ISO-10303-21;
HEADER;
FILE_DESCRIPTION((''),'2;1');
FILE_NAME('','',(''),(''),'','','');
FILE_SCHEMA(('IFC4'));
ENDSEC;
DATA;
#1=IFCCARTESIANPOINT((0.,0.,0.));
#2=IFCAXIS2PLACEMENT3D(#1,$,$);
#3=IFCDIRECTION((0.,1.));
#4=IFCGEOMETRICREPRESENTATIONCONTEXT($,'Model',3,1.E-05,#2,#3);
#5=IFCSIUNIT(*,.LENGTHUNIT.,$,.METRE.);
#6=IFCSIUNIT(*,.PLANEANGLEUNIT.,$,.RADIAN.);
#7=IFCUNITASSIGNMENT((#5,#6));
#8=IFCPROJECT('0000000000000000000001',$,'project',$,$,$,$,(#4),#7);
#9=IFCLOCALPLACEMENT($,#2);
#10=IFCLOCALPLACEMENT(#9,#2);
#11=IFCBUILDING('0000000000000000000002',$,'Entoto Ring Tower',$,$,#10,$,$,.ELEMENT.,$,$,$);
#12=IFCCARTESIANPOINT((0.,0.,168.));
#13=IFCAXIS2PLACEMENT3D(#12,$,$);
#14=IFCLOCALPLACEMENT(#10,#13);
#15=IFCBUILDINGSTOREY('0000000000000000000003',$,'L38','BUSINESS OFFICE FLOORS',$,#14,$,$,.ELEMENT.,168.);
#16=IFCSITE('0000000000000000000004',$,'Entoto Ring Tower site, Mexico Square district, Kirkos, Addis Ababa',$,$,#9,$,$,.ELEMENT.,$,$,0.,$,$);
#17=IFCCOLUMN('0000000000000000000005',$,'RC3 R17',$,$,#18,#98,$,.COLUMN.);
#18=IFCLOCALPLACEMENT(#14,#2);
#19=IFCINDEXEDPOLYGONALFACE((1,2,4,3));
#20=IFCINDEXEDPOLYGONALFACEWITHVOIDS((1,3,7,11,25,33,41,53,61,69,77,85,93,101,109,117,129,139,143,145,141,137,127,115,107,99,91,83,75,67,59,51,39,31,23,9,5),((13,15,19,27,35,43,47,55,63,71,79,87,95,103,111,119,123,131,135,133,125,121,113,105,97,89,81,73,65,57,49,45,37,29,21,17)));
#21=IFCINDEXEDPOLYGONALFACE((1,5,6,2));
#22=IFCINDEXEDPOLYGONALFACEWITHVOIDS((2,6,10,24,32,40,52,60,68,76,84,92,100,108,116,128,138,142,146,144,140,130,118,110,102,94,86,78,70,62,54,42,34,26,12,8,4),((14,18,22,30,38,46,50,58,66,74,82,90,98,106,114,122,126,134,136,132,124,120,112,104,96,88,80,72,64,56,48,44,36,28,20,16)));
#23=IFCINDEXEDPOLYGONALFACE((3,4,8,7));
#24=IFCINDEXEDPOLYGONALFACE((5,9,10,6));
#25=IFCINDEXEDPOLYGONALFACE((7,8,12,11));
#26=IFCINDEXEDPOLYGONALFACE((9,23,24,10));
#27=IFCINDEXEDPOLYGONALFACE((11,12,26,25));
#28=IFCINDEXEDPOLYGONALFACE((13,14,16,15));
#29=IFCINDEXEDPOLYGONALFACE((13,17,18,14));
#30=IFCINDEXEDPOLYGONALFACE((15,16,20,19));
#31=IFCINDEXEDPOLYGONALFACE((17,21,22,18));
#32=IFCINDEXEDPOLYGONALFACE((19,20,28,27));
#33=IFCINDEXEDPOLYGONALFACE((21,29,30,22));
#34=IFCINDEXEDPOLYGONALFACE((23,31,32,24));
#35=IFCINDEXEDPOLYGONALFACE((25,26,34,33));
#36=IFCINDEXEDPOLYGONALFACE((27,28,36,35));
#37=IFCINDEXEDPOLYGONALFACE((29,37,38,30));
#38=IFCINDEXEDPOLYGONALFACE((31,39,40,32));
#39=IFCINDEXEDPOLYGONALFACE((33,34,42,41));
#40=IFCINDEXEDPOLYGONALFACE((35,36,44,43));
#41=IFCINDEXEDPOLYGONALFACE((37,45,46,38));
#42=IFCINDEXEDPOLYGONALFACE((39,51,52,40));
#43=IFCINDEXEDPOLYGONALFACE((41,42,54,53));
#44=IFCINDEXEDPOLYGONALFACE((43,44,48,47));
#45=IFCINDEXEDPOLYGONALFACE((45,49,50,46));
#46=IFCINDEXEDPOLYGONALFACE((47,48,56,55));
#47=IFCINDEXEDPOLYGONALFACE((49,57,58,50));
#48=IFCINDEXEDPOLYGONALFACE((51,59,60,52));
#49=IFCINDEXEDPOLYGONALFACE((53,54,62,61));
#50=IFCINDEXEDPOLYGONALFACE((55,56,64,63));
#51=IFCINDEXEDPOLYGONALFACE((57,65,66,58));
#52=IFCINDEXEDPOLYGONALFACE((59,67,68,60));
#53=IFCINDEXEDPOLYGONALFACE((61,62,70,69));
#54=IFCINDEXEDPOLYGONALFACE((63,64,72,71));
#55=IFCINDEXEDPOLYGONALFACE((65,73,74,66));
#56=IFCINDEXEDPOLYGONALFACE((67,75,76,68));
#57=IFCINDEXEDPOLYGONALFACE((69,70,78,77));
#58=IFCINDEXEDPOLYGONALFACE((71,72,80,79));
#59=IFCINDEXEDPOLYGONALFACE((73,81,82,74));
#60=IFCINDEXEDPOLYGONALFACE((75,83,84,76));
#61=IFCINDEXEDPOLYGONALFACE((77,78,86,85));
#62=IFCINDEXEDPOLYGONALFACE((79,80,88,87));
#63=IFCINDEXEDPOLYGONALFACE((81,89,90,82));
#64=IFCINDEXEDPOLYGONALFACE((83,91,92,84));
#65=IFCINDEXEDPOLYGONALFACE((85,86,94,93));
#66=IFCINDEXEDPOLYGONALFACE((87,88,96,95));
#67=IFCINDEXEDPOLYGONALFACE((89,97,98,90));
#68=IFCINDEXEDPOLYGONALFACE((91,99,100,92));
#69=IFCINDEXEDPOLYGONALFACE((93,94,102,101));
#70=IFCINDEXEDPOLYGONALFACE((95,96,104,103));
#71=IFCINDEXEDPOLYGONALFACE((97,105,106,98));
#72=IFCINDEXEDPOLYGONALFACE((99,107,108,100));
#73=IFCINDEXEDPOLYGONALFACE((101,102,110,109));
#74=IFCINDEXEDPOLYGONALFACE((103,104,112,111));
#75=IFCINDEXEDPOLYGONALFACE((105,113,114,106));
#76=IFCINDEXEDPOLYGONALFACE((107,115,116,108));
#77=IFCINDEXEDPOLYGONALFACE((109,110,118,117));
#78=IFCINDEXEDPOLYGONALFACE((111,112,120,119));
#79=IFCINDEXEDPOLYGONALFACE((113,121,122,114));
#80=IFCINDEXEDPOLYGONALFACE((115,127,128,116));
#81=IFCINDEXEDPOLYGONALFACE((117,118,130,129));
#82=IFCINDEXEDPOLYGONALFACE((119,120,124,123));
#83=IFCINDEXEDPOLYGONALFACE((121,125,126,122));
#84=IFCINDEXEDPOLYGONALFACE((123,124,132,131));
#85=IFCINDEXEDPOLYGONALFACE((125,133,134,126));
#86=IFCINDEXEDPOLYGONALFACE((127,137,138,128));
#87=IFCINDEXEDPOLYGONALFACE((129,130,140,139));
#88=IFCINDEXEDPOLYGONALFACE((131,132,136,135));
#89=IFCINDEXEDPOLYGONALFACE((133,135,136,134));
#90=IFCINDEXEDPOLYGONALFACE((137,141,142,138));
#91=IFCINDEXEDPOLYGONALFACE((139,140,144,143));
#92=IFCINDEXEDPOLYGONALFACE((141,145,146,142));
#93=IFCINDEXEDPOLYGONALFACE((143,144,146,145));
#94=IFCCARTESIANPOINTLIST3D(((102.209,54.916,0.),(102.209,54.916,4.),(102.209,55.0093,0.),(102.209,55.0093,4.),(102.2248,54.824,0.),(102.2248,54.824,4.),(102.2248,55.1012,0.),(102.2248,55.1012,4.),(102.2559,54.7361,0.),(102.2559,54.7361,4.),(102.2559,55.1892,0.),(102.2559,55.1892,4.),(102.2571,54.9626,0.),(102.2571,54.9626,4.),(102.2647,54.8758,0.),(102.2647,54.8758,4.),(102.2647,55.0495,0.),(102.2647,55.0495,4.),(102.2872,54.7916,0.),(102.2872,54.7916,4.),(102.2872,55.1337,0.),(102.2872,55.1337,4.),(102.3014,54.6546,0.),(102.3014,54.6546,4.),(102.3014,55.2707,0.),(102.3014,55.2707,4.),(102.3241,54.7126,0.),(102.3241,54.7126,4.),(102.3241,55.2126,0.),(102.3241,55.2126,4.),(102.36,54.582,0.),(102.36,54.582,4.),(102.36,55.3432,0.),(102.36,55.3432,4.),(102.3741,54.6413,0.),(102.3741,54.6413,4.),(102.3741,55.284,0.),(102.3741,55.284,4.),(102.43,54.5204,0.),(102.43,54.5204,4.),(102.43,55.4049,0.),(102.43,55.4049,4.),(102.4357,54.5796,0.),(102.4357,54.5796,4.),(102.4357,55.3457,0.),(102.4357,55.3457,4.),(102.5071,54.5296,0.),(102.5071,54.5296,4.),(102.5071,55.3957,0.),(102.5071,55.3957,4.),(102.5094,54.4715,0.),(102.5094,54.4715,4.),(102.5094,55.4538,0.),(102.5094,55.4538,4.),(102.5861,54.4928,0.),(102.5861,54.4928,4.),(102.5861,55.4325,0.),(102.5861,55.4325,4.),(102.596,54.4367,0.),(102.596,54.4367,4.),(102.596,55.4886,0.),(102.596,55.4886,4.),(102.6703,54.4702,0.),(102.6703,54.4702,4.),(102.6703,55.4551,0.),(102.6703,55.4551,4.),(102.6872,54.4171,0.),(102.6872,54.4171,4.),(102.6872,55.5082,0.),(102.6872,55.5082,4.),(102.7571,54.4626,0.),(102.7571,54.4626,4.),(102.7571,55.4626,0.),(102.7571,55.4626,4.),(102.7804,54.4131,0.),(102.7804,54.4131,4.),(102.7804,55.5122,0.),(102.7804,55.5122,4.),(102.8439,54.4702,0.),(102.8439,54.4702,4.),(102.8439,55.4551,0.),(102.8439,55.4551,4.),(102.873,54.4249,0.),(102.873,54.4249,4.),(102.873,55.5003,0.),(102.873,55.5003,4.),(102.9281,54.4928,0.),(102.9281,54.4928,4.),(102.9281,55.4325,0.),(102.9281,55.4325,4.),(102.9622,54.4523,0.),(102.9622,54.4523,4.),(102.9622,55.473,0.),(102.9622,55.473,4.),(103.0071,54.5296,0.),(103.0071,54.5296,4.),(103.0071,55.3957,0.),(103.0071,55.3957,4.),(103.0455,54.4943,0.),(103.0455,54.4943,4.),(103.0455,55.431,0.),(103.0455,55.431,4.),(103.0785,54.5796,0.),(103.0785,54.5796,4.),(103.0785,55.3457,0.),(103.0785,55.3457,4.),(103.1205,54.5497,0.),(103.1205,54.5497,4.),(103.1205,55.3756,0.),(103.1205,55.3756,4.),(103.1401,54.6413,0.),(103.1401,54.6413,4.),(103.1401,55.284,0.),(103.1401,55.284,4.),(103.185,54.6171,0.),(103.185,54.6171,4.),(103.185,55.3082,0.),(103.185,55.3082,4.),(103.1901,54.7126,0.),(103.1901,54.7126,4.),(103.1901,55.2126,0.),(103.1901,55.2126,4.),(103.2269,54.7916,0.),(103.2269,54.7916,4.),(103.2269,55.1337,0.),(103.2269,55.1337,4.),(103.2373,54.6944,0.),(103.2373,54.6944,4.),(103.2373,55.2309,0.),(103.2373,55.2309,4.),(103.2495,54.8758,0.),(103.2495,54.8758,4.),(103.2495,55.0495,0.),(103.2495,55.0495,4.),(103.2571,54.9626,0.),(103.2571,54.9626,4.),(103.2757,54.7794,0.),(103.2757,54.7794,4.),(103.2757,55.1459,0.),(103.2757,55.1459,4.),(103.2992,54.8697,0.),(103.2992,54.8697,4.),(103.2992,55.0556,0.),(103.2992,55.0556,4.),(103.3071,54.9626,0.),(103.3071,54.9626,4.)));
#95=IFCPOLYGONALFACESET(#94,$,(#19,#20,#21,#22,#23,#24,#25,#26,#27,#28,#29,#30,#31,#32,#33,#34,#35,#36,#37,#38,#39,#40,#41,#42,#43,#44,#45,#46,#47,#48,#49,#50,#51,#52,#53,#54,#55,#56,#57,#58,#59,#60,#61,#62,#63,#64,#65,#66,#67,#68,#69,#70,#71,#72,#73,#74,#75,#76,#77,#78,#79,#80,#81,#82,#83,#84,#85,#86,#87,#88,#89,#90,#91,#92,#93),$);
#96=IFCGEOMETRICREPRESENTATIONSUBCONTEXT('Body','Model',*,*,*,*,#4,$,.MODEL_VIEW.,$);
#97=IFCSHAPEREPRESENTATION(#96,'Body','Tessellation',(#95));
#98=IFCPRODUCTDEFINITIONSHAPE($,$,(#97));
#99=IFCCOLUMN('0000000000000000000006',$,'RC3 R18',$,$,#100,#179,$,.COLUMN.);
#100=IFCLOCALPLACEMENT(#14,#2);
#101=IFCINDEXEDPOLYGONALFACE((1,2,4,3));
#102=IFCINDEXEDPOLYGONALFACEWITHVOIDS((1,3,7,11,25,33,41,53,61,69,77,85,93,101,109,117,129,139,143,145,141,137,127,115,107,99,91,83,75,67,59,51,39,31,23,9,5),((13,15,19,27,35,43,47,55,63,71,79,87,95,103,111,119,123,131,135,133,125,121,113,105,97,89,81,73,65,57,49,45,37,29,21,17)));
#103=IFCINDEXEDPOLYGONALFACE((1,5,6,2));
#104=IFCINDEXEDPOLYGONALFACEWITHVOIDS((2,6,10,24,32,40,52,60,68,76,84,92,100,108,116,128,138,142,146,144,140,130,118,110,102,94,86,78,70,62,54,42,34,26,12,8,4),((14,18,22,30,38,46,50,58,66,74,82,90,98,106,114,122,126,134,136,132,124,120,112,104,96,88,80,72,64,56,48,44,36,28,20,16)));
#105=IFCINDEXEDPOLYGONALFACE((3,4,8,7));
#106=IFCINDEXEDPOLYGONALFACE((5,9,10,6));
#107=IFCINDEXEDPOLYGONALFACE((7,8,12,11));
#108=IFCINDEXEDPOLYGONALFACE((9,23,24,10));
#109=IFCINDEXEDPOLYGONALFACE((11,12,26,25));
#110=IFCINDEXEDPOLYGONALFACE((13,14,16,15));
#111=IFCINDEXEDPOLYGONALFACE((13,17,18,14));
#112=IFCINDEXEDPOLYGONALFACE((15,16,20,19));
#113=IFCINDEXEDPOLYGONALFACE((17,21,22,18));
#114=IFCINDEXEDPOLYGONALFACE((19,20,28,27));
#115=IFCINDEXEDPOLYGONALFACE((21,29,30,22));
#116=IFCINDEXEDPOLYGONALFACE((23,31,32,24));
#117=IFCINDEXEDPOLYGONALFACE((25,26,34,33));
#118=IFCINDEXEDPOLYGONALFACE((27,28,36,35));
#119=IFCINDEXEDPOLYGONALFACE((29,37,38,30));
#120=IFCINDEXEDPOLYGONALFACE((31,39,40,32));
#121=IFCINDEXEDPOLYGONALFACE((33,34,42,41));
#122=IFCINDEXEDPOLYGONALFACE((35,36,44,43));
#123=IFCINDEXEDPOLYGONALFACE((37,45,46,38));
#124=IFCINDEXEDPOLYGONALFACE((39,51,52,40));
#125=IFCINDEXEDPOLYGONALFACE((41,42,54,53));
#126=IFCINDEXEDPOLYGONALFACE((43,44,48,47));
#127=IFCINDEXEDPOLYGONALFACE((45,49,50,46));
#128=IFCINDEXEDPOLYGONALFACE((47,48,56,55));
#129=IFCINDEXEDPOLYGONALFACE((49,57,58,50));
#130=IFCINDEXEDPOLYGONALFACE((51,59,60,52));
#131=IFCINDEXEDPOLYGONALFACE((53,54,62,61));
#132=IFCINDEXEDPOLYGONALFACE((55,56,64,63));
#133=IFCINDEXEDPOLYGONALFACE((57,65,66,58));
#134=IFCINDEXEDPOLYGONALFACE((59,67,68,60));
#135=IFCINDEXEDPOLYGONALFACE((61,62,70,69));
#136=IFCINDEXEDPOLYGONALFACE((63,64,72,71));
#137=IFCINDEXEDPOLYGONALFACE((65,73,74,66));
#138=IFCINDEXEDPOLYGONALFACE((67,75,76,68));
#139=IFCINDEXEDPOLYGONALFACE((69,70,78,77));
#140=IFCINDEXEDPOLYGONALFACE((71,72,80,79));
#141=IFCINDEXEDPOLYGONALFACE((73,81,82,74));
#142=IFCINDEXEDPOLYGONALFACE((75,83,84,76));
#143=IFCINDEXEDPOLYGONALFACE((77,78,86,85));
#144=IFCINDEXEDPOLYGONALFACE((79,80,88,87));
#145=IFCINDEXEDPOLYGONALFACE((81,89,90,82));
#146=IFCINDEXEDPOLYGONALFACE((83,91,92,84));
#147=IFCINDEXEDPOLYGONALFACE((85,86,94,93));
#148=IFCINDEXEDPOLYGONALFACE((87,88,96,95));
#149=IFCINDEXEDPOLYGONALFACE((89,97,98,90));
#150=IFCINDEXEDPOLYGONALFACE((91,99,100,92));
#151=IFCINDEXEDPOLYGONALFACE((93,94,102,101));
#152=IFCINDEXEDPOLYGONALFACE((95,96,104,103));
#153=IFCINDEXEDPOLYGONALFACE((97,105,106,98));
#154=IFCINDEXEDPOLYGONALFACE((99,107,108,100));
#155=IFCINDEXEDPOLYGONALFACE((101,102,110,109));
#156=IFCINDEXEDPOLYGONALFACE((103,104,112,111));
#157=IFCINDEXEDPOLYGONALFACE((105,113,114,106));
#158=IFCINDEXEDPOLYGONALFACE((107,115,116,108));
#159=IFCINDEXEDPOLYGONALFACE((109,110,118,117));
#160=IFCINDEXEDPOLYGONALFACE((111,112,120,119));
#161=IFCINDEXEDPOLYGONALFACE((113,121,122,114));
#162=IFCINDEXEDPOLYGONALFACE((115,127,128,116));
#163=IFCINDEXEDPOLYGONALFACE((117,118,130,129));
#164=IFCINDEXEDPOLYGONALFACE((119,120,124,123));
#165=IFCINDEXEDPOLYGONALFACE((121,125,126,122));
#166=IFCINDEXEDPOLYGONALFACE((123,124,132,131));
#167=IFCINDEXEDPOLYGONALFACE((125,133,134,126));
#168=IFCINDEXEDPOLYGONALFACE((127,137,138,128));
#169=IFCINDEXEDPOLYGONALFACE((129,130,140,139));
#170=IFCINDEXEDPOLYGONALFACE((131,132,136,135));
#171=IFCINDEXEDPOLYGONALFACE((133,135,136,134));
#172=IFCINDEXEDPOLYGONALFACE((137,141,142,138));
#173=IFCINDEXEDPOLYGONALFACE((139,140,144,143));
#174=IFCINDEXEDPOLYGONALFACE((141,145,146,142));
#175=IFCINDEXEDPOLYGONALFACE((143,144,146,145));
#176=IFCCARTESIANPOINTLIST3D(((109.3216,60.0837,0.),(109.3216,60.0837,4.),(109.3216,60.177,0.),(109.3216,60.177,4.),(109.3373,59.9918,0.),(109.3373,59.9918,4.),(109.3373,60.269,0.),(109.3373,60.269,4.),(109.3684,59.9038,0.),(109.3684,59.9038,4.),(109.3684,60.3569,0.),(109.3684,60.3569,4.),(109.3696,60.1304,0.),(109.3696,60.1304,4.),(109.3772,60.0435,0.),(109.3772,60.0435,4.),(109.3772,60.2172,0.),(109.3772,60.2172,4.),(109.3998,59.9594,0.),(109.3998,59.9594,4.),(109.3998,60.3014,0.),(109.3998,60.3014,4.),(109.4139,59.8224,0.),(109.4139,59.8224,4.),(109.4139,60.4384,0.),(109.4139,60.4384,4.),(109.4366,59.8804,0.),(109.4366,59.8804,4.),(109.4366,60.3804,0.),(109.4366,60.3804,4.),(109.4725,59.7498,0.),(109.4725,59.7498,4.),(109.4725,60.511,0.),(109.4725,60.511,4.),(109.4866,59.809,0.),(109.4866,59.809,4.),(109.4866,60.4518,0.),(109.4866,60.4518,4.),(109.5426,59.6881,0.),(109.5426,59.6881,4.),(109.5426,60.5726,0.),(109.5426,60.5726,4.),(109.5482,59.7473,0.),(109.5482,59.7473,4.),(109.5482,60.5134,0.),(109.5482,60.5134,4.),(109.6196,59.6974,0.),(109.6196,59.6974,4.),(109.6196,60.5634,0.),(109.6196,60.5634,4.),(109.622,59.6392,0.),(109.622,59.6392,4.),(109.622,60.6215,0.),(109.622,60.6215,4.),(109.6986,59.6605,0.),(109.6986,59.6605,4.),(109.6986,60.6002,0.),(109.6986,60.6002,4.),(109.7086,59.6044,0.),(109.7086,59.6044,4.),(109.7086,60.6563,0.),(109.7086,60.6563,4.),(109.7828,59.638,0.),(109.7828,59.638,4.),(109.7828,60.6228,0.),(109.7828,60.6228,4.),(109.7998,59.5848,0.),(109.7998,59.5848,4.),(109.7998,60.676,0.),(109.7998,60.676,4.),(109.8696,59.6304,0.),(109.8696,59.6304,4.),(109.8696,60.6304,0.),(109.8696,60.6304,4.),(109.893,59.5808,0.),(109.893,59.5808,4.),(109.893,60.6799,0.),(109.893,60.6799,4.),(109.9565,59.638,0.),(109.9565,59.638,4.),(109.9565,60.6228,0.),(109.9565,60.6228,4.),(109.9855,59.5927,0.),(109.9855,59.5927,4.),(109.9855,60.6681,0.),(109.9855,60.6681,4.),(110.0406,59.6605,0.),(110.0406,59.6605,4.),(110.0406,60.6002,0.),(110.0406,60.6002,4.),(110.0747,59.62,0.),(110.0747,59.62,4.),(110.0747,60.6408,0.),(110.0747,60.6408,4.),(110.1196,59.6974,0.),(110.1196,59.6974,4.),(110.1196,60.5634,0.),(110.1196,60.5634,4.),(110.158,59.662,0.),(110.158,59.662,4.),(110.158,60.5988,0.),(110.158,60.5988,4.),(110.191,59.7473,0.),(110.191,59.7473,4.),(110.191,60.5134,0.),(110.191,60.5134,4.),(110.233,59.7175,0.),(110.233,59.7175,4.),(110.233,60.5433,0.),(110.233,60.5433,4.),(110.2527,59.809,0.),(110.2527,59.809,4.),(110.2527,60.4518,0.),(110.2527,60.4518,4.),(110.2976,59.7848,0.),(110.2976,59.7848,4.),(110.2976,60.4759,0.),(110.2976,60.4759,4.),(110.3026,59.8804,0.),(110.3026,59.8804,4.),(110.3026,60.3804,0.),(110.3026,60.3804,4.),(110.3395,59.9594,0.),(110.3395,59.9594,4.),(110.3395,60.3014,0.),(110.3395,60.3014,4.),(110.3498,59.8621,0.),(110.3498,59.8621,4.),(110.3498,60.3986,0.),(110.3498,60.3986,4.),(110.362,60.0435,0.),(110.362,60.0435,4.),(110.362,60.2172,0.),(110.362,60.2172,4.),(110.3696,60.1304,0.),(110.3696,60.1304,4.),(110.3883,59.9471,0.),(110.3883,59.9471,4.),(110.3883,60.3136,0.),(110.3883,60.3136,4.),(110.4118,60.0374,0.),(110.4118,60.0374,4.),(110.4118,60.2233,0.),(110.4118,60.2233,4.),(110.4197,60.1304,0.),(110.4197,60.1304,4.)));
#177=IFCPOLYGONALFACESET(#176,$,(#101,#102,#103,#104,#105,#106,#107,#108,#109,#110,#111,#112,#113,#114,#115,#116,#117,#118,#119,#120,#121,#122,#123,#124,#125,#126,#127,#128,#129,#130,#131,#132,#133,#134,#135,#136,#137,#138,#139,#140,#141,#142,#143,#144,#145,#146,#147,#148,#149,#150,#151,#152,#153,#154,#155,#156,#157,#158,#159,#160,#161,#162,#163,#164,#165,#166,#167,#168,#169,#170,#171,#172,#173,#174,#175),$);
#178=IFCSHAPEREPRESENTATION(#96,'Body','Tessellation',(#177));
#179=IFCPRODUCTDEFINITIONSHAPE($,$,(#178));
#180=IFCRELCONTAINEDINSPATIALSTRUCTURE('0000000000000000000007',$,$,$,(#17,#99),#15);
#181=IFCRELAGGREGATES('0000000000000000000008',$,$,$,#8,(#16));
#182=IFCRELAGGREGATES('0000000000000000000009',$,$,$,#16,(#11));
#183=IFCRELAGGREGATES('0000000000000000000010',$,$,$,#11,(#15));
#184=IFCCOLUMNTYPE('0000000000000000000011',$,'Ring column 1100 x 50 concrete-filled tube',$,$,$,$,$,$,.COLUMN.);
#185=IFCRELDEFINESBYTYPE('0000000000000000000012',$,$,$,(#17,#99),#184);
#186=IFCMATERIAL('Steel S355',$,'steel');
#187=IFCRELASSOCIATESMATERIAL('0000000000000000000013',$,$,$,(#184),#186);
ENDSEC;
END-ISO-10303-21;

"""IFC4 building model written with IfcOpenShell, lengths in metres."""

from ifc_helpers import new_model, si_unit, direction, frame, origin, origin_2d, place, context, subcontext, project, spatial, circle, hollow_circle, extrude, material, material_profile, profile_set, type_object, element, save


model = new_model("IFC4")

# Units and contexts
model_context = context("Model", 3, precision=1e-05, world=origin(), true_north=direction((0.0, 1.0)))
body_context = subcontext(model_context, "Body", "Model", "MODEL_VIEW")
ifc_project = project(units=[si_unit("LENGTHUNIT", "METRE"), si_unit("PLANEANGLEUNIT", "RADIAN")], contexts=[model_context])

# Site, building, storey
site_placement = place(None, origin())
site = spatial("IfcSite", under=ifc_project, at=site_placement, Name="Entoto Ring Tower site, Mexico Square district, Kirkos, Addis Ababa", CompositionType="ELEMENT", RefElevation=0.0)
building_placement = place(site_placement, origin())
building = spatial("IfcBuilding", under=site, at=building_placement, Name="Entoto Ring Tower", CompositionType="ELEMENT")
storey_placement = place(building_placement, frame((0.0, 0.0, 168.0)))
storey = spatial("IfcBuildingStorey", under=building, at=storey_placement, Name="L38", Description="BUSINESS OFFICE FLOORS", CompositionType="ELEMENT", Elevation=168.0)

# Columns
ifc_material_1 = material(Name="Steel S355", Category="steel")
ifc_material_profile_1 = material_profile(ifc_material_1, hollow_circle(Radius=0.55, WallThickness=0.05, at=origin_2d()), Name="CHS 1100 x 50")
ifc_material_2 = material(Name="Concrete C60/75", Category="concrete")
ifc_material_profile_2 = material_profile(ifc_material_2, circle(Radius=0.5, at=origin_2d()), Name="Concrete C60/75 infill")
ifc_profile_set_1 = profile_set([ifc_material_profile_1, ifc_material_profile_2], Name="Steel S355")
column_type = type_object("IfcColumnType", Name="Ring column 1100 x 50 concrete-filled tube", PredefinedType="COLUMN", material=ifc_profile_set_1)
for number, where, z_axis, x_axis, name in (
    (1, (102.7571, 54.9626, 0.0), (0.0, 0.0, 1.0), (1.0, 0.0, 0.0), "RC3 R17"),
    (2, (109.8696, 60.1304, 0.0), (0.0, 0.0, 1.0), (1.0, 0.0, 0.0), "RC3 R18"),
):
    element("IfcColumn", number, at=place(storey_placement, frame(where, z_axis=z_axis, x_axis=x_axis)), inside=storey, type_object=column_type, Name=name, PredefinedType="COLUMN", context=body_context, shape_type="SweptSolid", body=[
        extrude(hollow_circle(Radius=0.55, WallThickness=0.05, at=origin_2d()), origin(), (0.0, 0.0, 1.0), 4.0),
    ])

save(model, "model.ifc")
